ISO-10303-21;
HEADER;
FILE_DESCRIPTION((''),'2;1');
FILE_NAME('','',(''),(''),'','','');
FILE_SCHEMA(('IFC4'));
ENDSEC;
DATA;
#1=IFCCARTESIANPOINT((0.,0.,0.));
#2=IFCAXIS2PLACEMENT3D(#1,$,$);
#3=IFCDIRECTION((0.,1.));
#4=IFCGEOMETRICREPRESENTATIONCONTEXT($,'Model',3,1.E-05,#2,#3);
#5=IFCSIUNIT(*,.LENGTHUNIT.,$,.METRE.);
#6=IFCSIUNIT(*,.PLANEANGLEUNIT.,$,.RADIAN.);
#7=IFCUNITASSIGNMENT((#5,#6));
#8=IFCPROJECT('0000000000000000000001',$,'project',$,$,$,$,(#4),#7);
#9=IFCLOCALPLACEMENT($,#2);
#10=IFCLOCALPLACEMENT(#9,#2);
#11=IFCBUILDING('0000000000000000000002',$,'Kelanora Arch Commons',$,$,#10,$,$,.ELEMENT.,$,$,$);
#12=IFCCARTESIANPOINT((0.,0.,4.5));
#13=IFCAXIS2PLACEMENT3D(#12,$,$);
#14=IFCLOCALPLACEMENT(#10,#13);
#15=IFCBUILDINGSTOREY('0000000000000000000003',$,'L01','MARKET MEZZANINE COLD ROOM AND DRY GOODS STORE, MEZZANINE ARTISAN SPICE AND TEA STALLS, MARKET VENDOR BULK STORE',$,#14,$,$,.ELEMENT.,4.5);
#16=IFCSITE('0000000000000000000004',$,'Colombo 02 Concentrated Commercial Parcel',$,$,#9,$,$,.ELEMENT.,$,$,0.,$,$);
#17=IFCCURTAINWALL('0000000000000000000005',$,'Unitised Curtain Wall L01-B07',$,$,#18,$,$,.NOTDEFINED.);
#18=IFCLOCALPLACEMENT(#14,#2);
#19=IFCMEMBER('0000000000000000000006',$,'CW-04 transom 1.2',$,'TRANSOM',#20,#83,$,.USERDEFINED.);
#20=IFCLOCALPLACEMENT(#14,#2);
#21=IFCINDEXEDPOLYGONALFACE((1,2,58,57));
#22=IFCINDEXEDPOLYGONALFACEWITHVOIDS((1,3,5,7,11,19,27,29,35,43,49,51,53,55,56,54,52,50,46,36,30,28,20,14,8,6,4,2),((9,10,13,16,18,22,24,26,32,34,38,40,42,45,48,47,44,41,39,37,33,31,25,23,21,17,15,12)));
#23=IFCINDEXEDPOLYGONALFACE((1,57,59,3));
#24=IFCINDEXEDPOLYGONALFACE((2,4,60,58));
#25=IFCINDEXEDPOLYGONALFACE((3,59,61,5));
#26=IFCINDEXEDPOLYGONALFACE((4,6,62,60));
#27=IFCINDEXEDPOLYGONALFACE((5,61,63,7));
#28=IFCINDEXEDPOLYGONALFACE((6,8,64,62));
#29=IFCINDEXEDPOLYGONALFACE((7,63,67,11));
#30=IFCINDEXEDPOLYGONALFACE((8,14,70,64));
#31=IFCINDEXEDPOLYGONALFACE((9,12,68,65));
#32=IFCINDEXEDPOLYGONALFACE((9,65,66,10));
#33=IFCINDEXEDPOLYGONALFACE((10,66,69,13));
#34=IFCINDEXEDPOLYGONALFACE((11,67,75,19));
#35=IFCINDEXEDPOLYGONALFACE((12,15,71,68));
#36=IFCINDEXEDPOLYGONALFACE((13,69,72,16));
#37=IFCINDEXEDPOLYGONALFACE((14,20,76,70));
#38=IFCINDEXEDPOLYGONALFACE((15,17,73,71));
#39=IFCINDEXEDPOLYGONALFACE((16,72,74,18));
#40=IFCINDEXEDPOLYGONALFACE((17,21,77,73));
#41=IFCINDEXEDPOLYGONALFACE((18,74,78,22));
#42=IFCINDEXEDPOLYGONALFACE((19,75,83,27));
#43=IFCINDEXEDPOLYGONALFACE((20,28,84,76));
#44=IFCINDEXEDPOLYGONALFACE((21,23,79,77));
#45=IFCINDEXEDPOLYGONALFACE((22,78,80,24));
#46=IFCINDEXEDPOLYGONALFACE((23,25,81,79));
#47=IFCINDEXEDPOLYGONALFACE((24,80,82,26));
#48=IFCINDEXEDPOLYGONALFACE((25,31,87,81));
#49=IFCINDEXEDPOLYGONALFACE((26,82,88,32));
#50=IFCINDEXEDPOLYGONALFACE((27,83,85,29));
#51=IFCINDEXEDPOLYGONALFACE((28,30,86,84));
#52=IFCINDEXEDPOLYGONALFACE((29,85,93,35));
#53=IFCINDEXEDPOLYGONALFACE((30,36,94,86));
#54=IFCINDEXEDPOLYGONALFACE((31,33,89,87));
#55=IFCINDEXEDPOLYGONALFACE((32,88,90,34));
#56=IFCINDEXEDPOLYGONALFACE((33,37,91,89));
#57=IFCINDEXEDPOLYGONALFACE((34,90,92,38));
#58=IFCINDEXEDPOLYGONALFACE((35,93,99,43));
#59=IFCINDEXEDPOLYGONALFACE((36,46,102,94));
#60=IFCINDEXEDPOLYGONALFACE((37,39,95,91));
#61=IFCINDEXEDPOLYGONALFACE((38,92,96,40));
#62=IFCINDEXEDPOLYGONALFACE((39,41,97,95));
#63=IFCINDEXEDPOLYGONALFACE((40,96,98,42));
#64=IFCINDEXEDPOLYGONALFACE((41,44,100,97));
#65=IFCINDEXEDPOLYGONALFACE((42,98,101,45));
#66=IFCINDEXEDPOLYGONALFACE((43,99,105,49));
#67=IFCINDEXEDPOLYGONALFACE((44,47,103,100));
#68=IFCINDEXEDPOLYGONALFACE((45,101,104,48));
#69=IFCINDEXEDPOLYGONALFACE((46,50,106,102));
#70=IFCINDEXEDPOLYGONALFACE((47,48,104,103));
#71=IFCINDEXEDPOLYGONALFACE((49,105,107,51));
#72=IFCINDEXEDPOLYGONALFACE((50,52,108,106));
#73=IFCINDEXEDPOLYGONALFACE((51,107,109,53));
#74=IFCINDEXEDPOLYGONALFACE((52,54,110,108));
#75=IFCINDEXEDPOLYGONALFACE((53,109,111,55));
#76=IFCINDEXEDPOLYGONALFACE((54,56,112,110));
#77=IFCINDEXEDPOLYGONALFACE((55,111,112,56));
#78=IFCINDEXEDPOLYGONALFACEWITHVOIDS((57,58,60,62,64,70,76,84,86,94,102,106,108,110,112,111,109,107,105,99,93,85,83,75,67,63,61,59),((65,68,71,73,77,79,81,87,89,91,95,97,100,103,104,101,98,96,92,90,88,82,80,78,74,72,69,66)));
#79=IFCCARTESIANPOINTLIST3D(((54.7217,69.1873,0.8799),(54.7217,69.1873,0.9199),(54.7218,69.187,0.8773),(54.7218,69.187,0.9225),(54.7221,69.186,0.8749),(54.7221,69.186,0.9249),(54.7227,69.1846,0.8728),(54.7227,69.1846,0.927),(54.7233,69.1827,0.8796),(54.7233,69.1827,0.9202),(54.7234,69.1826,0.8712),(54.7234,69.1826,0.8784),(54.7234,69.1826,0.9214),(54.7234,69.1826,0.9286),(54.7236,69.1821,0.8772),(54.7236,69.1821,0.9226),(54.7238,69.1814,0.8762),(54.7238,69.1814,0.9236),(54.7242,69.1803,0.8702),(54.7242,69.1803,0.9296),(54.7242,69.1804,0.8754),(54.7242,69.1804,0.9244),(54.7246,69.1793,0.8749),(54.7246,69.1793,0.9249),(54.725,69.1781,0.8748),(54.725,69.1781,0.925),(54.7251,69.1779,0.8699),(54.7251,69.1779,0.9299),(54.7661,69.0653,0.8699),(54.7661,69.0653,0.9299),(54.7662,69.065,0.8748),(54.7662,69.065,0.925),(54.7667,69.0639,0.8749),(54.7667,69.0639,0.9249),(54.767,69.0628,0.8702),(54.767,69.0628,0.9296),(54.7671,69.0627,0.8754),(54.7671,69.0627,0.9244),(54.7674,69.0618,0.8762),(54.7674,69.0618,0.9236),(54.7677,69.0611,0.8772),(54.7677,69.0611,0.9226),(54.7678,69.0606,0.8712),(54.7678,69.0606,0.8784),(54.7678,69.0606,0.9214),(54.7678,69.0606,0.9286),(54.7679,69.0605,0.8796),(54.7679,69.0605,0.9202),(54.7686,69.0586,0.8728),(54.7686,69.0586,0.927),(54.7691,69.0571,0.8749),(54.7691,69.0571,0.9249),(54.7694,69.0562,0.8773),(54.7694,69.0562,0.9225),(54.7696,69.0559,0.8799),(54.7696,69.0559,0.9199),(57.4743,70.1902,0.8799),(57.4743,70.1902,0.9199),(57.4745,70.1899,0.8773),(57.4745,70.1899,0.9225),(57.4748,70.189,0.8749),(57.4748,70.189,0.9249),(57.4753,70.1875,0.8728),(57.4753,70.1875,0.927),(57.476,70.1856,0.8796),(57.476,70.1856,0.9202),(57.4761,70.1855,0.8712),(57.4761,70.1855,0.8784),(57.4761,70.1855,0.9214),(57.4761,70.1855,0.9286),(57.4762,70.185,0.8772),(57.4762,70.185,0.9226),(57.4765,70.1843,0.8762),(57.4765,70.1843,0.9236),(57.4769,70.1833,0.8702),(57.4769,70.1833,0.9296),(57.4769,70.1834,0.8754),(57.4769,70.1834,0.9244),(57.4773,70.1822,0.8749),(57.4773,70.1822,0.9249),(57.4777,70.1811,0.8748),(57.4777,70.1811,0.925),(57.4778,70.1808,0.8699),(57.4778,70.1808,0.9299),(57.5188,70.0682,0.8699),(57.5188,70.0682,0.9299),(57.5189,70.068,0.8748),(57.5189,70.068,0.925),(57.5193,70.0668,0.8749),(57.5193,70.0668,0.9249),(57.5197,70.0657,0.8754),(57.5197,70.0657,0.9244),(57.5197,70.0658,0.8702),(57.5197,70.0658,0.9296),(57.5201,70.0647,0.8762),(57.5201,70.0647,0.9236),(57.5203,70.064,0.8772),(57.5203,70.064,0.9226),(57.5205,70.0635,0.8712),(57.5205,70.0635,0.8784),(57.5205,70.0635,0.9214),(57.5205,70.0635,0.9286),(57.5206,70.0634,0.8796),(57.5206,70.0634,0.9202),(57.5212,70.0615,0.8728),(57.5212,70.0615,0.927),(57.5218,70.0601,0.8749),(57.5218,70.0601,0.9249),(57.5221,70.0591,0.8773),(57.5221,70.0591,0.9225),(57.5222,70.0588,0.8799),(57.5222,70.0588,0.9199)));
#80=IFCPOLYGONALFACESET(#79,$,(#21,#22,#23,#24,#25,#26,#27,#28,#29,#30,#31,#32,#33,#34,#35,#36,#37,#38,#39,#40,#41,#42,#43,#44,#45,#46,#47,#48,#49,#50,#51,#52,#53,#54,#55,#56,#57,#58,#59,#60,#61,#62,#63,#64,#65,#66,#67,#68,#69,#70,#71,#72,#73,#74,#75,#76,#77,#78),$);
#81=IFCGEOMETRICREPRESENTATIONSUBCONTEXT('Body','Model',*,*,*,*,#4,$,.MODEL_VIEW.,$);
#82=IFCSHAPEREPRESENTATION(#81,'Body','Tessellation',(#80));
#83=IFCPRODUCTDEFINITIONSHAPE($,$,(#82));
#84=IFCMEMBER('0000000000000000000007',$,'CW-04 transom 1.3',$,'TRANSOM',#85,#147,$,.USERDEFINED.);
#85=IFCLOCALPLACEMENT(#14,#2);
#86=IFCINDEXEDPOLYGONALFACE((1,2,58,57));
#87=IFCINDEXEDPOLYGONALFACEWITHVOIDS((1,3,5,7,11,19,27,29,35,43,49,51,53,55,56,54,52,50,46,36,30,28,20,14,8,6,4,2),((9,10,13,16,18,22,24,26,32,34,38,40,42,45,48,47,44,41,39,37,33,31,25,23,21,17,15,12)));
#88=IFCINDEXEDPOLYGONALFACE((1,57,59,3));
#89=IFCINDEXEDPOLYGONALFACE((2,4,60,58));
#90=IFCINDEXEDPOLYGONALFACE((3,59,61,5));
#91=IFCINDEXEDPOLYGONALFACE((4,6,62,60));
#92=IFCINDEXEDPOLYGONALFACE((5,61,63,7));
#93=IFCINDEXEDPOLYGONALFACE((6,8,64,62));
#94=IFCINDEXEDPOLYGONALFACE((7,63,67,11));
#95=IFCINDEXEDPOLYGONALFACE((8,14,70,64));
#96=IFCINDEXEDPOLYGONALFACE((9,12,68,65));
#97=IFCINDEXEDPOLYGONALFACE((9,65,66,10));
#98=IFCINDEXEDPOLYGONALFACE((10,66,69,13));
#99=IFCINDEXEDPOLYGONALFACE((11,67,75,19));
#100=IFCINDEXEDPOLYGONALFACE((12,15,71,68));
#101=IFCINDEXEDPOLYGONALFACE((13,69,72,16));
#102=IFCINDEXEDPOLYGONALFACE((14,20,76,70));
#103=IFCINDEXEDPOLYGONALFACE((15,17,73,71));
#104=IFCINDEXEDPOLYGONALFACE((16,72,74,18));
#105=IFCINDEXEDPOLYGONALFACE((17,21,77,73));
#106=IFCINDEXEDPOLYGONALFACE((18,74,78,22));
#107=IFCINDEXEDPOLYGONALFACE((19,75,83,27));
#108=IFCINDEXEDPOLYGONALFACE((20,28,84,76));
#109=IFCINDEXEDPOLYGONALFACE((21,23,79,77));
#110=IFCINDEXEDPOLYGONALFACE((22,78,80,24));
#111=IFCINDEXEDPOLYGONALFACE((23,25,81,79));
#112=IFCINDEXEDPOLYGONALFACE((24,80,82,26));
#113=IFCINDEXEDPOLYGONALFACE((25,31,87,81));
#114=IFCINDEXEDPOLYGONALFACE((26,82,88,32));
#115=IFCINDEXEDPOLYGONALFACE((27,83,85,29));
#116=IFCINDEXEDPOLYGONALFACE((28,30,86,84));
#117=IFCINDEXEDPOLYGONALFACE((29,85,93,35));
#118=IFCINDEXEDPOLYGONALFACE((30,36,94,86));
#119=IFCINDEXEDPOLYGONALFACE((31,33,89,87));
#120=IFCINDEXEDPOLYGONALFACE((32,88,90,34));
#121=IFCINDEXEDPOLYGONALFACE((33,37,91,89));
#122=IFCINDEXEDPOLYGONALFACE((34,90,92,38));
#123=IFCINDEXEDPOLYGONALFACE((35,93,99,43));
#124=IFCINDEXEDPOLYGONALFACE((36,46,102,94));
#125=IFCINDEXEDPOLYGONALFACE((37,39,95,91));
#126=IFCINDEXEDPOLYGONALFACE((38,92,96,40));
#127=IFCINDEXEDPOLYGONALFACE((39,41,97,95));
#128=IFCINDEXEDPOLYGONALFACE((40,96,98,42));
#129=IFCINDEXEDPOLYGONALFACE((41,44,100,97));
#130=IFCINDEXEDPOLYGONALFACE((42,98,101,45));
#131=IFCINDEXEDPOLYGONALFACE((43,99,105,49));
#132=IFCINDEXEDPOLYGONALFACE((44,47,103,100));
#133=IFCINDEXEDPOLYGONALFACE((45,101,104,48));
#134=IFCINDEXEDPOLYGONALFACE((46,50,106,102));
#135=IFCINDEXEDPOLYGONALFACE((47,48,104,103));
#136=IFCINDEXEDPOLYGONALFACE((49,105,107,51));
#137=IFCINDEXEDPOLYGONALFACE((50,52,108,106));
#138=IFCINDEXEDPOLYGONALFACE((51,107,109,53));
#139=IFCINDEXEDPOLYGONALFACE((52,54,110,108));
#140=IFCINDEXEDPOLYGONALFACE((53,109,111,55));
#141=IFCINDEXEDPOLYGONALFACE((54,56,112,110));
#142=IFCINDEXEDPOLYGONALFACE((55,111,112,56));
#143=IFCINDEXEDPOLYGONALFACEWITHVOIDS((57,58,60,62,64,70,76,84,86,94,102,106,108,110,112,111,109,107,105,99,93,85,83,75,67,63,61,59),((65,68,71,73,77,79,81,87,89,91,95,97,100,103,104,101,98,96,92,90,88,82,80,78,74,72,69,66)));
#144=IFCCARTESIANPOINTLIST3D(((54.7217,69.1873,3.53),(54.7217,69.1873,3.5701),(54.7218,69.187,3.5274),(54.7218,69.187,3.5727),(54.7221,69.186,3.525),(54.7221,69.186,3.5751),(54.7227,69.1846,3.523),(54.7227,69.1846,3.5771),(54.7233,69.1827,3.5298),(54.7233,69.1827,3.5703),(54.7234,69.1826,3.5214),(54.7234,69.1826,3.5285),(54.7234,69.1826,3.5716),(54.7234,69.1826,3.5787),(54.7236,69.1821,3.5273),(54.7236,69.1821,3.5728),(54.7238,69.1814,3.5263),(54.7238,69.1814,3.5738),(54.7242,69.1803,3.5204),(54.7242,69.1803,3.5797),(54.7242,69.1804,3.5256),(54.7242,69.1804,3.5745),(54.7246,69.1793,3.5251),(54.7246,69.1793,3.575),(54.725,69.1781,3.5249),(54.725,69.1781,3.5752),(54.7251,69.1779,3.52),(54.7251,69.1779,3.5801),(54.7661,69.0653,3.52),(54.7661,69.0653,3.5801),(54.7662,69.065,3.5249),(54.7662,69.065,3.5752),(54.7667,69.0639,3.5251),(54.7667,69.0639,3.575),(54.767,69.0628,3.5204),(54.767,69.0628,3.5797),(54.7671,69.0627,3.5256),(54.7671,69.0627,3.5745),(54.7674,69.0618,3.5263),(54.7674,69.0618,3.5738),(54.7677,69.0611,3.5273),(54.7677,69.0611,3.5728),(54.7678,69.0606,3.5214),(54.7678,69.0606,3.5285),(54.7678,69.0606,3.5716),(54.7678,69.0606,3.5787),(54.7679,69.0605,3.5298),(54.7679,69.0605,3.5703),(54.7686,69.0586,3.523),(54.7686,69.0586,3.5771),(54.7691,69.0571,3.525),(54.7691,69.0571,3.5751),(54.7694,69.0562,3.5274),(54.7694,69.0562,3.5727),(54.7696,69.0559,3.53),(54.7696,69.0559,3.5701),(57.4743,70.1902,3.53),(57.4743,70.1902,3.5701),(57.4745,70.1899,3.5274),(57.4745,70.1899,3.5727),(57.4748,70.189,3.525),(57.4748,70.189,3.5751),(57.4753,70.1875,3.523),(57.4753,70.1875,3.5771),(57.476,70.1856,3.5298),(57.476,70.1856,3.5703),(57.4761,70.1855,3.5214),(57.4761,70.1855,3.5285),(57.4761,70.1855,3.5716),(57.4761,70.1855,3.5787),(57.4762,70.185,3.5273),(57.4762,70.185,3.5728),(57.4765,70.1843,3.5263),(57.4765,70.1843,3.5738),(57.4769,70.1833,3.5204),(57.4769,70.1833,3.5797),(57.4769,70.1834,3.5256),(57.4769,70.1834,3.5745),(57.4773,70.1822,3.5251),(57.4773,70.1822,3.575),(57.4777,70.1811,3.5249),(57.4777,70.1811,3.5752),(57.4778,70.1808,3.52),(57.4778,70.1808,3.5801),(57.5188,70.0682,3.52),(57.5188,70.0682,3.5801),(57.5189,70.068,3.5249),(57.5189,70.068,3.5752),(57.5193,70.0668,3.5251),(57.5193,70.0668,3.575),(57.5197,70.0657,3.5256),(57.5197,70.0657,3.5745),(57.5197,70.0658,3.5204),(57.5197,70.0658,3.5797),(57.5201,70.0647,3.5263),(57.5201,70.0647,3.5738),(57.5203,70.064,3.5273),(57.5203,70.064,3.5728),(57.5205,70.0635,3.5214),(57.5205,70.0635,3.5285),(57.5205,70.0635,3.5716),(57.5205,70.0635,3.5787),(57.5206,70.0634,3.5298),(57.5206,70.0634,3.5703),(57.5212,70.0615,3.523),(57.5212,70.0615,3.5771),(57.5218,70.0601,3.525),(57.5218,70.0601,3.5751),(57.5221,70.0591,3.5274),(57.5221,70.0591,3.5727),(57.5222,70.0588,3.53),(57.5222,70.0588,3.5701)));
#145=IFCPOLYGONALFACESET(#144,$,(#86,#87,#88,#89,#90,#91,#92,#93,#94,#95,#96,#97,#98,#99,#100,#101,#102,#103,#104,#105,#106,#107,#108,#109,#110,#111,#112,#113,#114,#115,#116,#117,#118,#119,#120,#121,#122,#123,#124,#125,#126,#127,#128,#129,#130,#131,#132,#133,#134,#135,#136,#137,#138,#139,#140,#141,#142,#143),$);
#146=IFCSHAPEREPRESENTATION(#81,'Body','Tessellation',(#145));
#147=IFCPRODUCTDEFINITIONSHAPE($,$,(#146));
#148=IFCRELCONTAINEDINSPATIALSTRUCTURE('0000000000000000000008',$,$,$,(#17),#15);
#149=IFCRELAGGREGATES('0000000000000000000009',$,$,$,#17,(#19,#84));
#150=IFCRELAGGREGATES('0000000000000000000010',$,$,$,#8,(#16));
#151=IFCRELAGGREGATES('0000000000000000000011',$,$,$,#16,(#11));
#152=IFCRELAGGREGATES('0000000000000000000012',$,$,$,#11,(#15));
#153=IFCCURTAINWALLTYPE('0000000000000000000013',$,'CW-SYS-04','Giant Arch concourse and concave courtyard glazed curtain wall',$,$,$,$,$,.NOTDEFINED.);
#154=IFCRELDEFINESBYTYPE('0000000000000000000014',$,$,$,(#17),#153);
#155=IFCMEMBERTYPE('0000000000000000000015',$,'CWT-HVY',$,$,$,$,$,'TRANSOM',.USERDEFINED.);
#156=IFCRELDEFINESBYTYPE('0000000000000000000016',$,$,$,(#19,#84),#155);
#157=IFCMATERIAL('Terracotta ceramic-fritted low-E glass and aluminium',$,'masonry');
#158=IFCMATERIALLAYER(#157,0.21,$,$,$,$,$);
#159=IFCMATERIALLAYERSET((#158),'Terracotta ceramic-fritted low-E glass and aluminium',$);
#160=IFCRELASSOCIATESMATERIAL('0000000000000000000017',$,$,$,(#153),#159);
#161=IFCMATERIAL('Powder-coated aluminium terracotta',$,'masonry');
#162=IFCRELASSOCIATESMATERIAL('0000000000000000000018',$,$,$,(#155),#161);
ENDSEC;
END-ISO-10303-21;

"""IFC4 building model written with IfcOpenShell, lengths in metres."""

from ifc_helpers import new_model, si_unit, direction, frame, origin, origin_2d, place, context, subcontext, project, spatial, hollow_rectangle, extrude, material, layer, layer_set, material_profile, profile_set, type_object, element, aggregate, save


model = new_model("IFC4")

# Units and contexts
model_context = context("Model", 3, precision=1e-05, world=origin(), true_north=direction((0.0, 1.0)))
body_context = subcontext(model_context, "Body", "Model", "MODEL_VIEW")
ifc_project = project(units=[si_unit("LENGTHUNIT", "METRE"), si_unit("PLANEANGLEUNIT", "RADIAN")], contexts=[model_context])

# Site, building, storey
site_placement = place(None, origin())
site = spatial("IfcSite", under=ifc_project, at=site_placement, Name="Colombo 02 Concentrated Commercial Parcel", CompositionType="ELEMENT", RefElevation=0.0)
building_placement = place(site_placement, origin())
building = spatial("IfcBuilding", under=site, at=building_placement, Name="Kelanora Arch Commons", CompositionType="ELEMENT")
storey_placement = place(building_placement, frame((0.0, 0.0, 4.5)))
storey = spatial("IfcBuildingStorey", under=building, at=storey_placement, Name="L01", Description="MARKET MEZZANINE COLD ROOM AND DRY GOODS STORE, MEZZANINE ARTISAN SPICE AND TEA STALLS, MARKET VENDOR BULK STORE", CompositionType="ELEMENT", Elevation=4.5)

# Shared definitions
ifc_material_1 = material(Name="Terracotta ceramic-fritted low-E glass and aluminium", Category="masonry")
ifc_layer_1 = layer(ifc_material_1, 0.21)
ifc_layer_set_1 = layer_set([ifc_layer_1], Name="Terracotta ceramic-fritted low-E glass and aluminium")
curtain_wall_type = type_object("IfcCurtainWallType", Name="CW-SYS-04", Description="Giant Arch concourse and concave courtyard glazed curtain wall", PredefinedType="NOTDEFINED", material=ifc_layer_set_1)
ifc_material_2 = material(Name="Powder-coated aluminium terracotta", Category="masonry")

# Curtain wall, members
curtain_wall_1_placement = place(storey_placement, origin())
curtain_wall_1 = element("IfcCurtainWall", 1, at=curtain_wall_1_placement, inside=storey, type_object=curtain_wall_type, Name="Unitised Curtain Wall L01-B07", PredefinedType="NOTDEFINED")
ifc_material_profile_1 = material_profile(ifc_material_2, hollow_rectangle(XDim=0.1399, YDim=0.0601, WallThickness=0.0049, InnerFilletRadius=0.0049, OuterFilletRadius=0.01, at=origin_2d()), Name="CWT140x60")
ifc_profile_set_1 = profile_set([ifc_material_profile_1], Name="Powder-coated aluminium terracotta")
member_type_1 = type_object("IfcMemberType", Name="CWT-HVY", ElementType="TRANSOM", PredefinedType="USERDEFINED", material=ifc_profile_set_1)
member_1_placement = place(storey_placement, frame((57.4983, 70.1245, 0.8999), z_axis=(-0.939579, -0.342332, 0.0), x_axis=(0.342332, -0.939579, 0.0)))
member_1 = element("IfcMember", 2, at=member_1_placement, type_object=member_type_1, Name="CW-04 transom 1.2", ObjectType="TRANSOM", PredefinedType="USERDEFINED", context=body_context, shape_type="SweptSolid", body=[
    extrude(hollow_rectangle(XDim=0.1399, YDim=0.0601, WallThickness=0.0049, InnerFilletRadius=0.0049, OuterFilletRadius=0.01, at=origin_2d()), origin(), (0.0, 0.0, 1.0), 2.9297),
])
member_2_placement = place(storey_placement, frame((57.4983, 70.1245, 3.55), z_axis=(-0.939579, -0.342332, 0.0), x_axis=(0.342332, -0.939579, 0.0)))
member_2 = element("IfcMember", 3, at=member_2_placement, type_object=member_type_1, Name="CW-04 transom 1.3", ObjectType="TRANSOM", PredefinedType="USERDEFINED", context=body_context, shape_type="SweptSolid", body=[
    extrude(hollow_rectangle(XDim=0.1399, YDim=0.0601, WallThickness=0.0049, InnerFilletRadius=0.0049, OuterFilletRadius=0.01, at=origin_2d()), origin(), (0.0, 0.0, 1.0), 2.9297),
])

aggregate(curtain_wall_1, [member_1, member_2])

save(model, "model.ifc")
